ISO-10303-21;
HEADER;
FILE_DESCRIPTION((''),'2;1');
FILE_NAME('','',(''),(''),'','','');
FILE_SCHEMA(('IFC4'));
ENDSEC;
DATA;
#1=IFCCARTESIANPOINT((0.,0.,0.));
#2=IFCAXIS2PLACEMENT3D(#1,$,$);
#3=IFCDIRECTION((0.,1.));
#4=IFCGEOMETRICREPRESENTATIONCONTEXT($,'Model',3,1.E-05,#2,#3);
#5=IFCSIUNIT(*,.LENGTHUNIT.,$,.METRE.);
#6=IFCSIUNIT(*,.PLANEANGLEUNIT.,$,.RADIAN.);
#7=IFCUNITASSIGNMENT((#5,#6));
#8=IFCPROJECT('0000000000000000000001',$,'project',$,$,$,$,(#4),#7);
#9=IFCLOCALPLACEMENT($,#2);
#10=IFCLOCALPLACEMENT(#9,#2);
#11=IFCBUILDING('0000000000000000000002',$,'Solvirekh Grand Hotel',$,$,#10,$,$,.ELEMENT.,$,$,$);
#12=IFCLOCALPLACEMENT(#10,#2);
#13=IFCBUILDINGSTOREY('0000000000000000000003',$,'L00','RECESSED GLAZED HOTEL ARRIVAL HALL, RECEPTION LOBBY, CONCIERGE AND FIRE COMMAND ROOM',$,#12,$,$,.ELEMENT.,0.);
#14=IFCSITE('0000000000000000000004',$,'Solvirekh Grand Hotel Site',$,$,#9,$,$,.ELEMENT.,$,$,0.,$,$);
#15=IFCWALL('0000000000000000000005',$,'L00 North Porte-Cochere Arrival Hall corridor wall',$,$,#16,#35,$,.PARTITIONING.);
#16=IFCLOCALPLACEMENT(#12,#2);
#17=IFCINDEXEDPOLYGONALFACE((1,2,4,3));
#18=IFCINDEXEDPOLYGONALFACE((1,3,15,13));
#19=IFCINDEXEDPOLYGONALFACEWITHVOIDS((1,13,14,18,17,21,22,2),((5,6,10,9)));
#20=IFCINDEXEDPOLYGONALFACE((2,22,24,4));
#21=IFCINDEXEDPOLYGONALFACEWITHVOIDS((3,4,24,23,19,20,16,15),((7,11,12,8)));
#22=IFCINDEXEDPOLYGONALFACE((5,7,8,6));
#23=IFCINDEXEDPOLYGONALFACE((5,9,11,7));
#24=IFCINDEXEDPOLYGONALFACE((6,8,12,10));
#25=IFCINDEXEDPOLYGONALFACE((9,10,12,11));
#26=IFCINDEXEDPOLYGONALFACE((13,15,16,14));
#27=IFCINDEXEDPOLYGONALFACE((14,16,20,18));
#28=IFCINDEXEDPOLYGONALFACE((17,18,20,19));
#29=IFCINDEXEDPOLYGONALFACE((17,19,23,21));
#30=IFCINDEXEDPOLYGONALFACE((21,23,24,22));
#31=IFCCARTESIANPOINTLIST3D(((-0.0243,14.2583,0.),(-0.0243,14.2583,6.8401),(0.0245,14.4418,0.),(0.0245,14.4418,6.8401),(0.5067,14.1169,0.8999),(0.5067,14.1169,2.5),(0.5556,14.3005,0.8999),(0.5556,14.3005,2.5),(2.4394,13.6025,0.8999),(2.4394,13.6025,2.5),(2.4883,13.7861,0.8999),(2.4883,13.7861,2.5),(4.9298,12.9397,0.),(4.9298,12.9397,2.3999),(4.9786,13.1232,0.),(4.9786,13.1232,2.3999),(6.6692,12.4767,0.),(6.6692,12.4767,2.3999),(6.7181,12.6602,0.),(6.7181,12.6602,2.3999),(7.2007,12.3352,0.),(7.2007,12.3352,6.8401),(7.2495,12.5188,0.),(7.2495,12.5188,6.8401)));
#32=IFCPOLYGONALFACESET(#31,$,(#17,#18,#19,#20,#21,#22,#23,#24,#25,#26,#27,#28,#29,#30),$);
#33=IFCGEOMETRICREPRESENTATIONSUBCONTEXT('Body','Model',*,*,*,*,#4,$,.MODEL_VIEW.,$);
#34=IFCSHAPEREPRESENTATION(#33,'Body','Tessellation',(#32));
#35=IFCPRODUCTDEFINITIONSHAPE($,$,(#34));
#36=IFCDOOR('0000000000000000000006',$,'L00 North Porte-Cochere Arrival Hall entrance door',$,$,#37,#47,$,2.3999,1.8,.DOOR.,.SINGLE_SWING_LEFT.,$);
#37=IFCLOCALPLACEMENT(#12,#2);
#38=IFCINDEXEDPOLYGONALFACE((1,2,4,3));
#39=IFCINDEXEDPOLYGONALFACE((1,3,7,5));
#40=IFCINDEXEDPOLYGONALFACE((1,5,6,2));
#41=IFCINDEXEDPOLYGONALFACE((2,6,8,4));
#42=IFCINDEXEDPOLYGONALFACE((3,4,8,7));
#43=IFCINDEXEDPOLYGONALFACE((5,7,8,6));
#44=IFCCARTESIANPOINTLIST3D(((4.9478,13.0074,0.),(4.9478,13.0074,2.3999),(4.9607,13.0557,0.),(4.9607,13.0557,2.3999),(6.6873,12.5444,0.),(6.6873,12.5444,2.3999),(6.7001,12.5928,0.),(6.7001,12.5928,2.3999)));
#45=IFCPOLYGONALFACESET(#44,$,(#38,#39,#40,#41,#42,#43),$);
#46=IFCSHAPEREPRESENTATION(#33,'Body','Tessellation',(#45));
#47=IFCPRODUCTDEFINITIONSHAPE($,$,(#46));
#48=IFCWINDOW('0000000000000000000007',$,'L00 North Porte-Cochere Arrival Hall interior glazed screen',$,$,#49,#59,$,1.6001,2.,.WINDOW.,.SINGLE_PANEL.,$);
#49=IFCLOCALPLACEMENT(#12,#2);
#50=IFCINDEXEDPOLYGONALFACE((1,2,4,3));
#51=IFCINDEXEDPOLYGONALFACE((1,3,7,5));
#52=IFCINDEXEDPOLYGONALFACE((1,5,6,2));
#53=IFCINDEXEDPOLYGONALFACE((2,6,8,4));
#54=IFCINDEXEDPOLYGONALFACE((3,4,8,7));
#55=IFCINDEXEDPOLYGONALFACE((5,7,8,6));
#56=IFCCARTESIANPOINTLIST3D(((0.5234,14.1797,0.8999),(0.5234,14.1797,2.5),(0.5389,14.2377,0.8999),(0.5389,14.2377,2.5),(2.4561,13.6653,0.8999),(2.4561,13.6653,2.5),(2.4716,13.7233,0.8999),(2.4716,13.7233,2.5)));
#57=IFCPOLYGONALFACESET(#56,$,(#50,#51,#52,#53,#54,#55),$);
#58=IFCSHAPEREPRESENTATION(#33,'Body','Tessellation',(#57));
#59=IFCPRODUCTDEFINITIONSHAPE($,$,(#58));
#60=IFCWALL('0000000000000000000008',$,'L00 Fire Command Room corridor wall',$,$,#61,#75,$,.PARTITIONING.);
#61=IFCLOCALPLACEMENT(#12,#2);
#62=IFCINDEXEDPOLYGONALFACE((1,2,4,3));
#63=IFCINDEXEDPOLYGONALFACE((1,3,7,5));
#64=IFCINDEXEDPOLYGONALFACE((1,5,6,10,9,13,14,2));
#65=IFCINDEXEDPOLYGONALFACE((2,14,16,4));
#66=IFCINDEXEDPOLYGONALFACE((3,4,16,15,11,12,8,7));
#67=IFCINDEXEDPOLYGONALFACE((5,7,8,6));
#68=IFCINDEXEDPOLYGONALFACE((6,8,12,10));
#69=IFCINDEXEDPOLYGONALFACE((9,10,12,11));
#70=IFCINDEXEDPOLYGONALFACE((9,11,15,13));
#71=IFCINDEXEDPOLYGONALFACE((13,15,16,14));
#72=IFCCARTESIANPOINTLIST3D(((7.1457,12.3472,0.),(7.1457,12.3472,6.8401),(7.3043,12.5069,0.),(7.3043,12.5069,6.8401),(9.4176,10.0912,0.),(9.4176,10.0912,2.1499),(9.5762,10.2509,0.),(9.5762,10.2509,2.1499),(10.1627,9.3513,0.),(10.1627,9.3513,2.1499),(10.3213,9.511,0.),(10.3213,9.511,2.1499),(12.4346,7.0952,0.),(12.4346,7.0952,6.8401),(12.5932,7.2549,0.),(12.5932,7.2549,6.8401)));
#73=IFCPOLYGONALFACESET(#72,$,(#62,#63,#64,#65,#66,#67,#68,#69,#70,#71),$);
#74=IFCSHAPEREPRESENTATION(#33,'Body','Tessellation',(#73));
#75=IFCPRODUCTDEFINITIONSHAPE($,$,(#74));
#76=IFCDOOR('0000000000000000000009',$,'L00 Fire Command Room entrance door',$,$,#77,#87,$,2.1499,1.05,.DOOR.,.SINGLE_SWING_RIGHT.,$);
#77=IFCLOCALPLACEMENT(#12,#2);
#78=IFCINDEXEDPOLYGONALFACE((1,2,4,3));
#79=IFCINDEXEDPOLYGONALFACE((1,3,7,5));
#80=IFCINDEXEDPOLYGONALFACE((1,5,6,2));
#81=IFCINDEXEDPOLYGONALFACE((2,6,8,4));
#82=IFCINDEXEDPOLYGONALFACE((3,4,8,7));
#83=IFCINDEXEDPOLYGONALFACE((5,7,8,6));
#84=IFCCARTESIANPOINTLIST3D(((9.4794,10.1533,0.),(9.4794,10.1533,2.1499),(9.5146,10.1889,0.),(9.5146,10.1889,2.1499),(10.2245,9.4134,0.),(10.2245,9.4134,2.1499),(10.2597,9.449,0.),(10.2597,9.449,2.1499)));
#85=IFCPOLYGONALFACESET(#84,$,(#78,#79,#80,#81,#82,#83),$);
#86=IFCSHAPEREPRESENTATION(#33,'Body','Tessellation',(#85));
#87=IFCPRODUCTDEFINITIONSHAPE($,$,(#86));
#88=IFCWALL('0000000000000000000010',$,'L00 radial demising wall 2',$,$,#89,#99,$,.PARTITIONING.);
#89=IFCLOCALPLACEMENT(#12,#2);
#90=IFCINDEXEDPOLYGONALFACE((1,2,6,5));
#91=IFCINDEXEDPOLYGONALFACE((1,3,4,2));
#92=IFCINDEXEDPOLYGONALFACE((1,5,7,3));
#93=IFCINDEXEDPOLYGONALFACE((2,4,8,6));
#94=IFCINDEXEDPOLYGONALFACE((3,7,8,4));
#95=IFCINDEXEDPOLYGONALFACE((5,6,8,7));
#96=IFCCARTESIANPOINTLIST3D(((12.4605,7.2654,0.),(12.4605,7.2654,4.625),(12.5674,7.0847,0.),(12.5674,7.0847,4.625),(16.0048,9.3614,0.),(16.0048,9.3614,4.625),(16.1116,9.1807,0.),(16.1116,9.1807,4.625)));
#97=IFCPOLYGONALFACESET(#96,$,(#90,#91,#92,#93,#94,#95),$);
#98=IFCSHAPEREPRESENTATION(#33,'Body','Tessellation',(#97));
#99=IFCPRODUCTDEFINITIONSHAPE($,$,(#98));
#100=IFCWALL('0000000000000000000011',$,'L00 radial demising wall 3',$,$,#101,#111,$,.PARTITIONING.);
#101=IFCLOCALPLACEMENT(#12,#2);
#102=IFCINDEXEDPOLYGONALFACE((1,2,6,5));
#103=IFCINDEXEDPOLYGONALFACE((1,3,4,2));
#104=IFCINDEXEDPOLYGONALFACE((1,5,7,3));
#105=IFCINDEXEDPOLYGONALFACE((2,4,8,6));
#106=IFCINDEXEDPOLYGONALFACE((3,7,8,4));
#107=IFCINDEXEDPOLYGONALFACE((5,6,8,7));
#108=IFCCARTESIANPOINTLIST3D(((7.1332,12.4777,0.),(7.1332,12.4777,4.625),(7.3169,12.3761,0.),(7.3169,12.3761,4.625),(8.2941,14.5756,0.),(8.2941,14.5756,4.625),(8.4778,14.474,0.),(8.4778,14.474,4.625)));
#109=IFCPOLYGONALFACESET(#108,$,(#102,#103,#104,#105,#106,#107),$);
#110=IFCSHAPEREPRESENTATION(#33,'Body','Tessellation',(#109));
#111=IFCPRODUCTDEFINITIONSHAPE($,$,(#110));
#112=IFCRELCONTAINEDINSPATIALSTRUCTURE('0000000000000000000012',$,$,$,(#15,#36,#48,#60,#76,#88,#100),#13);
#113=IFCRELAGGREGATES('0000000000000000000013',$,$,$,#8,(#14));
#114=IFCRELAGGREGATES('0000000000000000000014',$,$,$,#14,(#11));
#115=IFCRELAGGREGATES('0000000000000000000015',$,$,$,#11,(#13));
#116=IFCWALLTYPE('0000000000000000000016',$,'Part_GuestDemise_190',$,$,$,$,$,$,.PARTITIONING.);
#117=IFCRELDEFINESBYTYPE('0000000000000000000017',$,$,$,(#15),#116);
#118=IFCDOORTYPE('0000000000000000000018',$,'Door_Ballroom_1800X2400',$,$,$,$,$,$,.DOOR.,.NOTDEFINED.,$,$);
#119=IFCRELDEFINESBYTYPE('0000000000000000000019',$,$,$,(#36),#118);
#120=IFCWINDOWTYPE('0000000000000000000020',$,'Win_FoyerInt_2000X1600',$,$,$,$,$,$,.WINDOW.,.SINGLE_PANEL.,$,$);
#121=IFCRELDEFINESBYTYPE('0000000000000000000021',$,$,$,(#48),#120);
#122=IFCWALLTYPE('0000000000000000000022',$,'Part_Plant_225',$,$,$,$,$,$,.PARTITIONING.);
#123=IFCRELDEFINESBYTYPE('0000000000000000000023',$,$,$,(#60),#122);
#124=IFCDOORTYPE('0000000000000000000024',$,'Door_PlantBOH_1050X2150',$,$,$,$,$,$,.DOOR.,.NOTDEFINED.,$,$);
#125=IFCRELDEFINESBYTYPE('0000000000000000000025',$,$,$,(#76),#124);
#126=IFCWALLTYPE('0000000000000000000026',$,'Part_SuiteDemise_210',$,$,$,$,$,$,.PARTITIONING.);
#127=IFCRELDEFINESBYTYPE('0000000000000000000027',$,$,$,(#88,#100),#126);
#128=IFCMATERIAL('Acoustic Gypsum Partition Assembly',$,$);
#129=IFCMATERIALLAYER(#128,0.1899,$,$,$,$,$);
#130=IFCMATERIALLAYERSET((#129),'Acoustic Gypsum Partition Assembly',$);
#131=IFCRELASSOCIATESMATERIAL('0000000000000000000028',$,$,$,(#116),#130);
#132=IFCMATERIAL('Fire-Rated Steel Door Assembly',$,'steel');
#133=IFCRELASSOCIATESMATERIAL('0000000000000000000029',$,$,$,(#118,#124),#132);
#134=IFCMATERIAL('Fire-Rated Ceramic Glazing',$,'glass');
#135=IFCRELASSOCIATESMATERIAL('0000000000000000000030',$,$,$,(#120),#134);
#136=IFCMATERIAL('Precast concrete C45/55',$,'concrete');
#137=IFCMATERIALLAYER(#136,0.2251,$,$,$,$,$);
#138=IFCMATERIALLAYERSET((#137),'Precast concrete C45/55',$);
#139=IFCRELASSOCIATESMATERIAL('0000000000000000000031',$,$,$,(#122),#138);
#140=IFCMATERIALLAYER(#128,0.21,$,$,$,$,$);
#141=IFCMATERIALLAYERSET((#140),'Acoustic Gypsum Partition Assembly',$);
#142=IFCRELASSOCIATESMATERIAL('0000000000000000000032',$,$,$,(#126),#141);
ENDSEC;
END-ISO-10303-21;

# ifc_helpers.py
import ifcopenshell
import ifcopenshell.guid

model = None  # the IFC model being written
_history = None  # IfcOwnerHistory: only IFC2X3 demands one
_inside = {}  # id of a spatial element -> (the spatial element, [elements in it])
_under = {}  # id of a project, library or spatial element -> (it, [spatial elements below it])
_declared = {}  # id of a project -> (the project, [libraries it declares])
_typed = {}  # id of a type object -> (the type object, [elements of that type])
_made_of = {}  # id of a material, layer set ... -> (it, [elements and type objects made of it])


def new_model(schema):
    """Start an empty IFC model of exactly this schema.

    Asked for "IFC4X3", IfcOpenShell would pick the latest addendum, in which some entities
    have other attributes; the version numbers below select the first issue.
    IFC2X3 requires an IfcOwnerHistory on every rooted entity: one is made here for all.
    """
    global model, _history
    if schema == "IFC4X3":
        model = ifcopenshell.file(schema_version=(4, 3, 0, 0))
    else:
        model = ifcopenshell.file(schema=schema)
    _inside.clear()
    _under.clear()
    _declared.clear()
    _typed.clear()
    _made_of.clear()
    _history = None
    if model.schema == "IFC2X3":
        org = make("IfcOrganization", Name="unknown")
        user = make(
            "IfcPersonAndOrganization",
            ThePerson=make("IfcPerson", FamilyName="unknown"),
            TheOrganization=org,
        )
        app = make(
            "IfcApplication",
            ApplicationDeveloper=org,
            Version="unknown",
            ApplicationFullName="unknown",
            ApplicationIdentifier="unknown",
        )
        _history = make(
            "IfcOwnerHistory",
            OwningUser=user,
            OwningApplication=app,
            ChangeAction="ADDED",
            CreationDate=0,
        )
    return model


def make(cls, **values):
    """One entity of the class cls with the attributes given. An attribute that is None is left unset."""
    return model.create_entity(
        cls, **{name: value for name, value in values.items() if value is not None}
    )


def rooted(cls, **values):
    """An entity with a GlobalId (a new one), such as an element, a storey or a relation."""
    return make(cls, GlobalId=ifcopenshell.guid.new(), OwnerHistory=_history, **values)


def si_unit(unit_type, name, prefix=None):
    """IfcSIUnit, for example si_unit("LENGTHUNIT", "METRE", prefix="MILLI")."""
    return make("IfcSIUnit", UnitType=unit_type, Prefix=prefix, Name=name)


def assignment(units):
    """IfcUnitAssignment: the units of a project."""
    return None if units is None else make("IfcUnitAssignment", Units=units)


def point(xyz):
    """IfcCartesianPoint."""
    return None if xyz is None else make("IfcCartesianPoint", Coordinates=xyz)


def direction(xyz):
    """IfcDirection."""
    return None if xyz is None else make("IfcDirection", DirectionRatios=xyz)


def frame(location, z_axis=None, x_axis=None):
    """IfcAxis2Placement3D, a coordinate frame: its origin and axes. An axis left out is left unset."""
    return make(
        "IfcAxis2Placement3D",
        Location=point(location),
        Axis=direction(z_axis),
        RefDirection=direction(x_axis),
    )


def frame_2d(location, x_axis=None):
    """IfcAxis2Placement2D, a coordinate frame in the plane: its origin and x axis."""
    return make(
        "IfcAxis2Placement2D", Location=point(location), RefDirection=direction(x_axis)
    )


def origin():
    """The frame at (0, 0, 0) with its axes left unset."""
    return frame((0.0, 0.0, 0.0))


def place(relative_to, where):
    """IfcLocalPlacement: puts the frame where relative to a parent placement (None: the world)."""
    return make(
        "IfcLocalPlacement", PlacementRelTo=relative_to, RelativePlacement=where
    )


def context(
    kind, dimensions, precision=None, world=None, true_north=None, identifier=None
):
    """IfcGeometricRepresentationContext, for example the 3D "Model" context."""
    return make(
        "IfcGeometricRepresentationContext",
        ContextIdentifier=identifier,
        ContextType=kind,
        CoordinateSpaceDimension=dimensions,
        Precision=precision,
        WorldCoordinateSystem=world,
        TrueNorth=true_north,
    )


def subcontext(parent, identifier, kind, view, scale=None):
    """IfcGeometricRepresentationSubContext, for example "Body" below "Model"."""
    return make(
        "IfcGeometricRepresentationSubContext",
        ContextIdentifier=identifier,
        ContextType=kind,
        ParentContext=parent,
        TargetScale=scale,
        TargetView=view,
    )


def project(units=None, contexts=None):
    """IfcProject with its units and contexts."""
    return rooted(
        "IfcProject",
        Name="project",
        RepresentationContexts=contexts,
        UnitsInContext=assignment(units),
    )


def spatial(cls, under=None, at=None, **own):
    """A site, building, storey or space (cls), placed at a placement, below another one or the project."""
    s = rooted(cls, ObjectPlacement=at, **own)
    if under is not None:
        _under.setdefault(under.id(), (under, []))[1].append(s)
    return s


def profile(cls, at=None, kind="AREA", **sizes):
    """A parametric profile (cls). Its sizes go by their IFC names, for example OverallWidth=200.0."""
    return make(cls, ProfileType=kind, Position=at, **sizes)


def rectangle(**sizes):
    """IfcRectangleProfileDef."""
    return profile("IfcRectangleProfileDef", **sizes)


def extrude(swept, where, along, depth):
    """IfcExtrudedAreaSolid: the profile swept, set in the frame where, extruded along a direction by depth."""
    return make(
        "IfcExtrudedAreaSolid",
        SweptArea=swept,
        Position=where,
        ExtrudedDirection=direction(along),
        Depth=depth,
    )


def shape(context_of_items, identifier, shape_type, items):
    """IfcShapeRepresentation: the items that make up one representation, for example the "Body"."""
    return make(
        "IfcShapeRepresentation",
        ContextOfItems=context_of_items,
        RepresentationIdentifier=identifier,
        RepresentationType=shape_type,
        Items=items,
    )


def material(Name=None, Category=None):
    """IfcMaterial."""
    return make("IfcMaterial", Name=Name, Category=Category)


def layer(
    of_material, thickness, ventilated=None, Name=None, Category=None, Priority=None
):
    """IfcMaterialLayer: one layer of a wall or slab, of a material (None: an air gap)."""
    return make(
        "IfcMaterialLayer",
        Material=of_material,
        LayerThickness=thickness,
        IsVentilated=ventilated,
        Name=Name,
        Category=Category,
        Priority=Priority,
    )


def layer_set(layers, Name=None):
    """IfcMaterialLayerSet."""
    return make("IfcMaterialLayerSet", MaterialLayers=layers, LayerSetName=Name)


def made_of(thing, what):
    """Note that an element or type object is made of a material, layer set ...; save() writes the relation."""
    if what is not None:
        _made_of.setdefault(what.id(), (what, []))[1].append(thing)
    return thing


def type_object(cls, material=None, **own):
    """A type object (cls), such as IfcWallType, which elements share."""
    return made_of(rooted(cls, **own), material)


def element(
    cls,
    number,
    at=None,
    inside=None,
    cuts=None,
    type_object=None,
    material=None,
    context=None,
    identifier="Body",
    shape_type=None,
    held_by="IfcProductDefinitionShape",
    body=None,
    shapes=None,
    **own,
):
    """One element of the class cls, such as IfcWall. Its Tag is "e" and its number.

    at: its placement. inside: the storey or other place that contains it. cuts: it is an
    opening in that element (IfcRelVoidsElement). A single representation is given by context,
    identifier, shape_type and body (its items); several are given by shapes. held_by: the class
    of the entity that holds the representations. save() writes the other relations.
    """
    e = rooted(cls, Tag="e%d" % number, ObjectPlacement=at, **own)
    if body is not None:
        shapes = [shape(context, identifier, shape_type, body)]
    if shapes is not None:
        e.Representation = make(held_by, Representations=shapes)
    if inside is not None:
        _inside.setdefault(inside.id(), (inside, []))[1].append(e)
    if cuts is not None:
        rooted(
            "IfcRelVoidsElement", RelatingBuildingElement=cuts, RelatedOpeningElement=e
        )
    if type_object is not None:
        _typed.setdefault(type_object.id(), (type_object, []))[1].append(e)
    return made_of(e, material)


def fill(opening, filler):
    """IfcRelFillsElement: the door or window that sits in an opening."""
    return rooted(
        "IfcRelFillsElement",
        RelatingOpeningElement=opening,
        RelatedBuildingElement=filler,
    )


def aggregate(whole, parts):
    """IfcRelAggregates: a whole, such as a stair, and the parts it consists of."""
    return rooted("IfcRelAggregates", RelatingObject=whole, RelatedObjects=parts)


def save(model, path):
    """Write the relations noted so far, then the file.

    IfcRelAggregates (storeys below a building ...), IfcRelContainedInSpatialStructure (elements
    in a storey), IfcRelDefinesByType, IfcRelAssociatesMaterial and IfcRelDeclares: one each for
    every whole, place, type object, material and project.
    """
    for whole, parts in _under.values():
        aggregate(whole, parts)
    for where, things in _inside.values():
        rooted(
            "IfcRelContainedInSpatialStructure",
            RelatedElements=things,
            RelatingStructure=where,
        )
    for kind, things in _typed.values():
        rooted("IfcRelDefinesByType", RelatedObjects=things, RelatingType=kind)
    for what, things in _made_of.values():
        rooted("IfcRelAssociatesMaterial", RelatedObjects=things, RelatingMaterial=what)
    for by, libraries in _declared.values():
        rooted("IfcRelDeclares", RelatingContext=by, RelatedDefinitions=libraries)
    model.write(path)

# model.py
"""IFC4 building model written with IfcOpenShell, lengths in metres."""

from ifc_helpers import new_model, si_unit, direction, frame, frame_2d, origin, place, context, subcontext, project, spatial, rectangle, extrude, material, layer, layer_set, type_object, element, fill, save


model = new_model("IFC4")

# Units and contexts
model_context = context("Model", 3, precision=1e-05, world=origin(), true_north=direction((0.0, 1.0)))
body_context = subcontext(model_context, "Body", "Model", "MODEL_VIEW")
ifc_project = project(units=[si_unit("LENGTHUNIT", "METRE"), si_unit("PLANEANGLEUNIT", "RADIAN")], contexts=[model_context])

# Site, building, storey
site_placement = place(None, origin())
site = spatial("IfcSite", under=ifc_project, at=site_placement, Name="Solvirekh Grand Hotel Site", CompositionType="ELEMENT", RefElevation=0.0)
building_placement = place(site_placement, origin())
building = spatial("IfcBuilding", under=site, at=building_placement, Name="Solvirekh Grand Hotel", CompositionType="ELEMENT")
storey_placement = place(building_placement, origin())
storey = spatial("IfcBuildingStorey", under=building, at=storey_placement, Name="L00", Description="RECESSED GLAZED HOTEL ARRIVAL HALL, RECEPTION LOBBY, CONCIERGE AND FIRE COMMAND ROOM", CompositionType="ELEMENT", Elevation=0.0)

# Shared definitions
ifc_material_1 = material(Name="Precast concrete C45/55", Category="concrete")

# Shared definitions
ifc_material_2 = material(Name="Fire-Rated Steel Door Assembly", Category="steel")

# Wall, openings, door, window
ifc_material_3 = material(Name="Acoustic Gypsum Partition Assembly")
ifc_layer_1 = layer(ifc_material_3, 0.1899)
ifc_layer_set_1 = layer_set([ifc_layer_1], Name="Acoustic Gypsum Partition Assembly")
wall_type_1 = type_object("IfcWallType", Name="Part_GuestDemise_190", PredefinedType="PARTITIONING", material=ifc_layer_set_1)
wall_1_placement = place(storey_placement, frame((7.2251, 12.427, 0.0), z_axis=(0.0, 0.0, 1.0), x_axis=(-0.966355, 0.257213, 0.0)))
wall_1 = element("IfcWall", 1, at=wall_1_placement, inside=storey, type_object=wall_type_1, Name="L00 North Porte-Cochere Arrival Hall corridor wall", PredefinedType="PARTITIONING", context=body_context, shape_type="SweptSolid", body=[
    extrude(rectangle(XDim=7.4766, YDim=0.1899, at=frame_2d((3.7383, 0.0))), origin(), (0.0, 0.0, 1.0), 6.8401),
])
opening_1_placement = place(wall_1_placement, frame((0.55, 0.0, 0.0)))
opening_1 = element("IfcOpeningElement", 2, at=opening_1_placement, cuts=wall_1, PredefinedType="OPENING", context=body_context, shape_type="SweptSolid", body=[
    extrude(rectangle(XDim=1.8, YDim=2.3999, at=frame_2d((0.8999, 1.2))), frame((0.0, 0.105, 0.0), z_axis=(0.0, -1.0, 0.0), x_axis=(1.0, 0.0, 0.0)), (0.0, 0.0, 1.0), 0.21),
])
opening_2_placement = place(wall_1_placement, frame((4.927, 0.0, 0.8999)))
opening_2 = element("IfcOpeningElement", 3, at=opening_2_placement, cuts=wall_1, PredefinedType="OPENING", context=body_context, shape_type="SweptSolid", body=[
    extrude(rectangle(XDim=2.0, YDim=1.6001, at=frame_2d((1.0, 0.8))), frame((0.0, 0.105, 0.0), z_axis=(0.0, -1.0, 0.0), x_axis=(1.0, 0.0, 0.0)), (0.0, 0.0, 1.0), 0.21),
])
door_type_1 = type_object("IfcDoorType", Name="Door_Ballroom_1800X2400", OperationType="NOTDEFINED", PredefinedType="DOOR", material=ifc_material_2)
door_1_placement = place(opening_1_placement, origin())
door_1 = element("IfcDoor", 4, at=door_1_placement, inside=storey, type_object=door_type_1, Name="L00 North Porte-Cochere Arrival Hall entrance door", OperationType="SINGLE_SWING_LEFT", OverallHeight=2.3999, OverallWidth=1.8, PredefinedType="DOOR", context=body_context, shape_type="SweptSolid", body=[
    extrude(rectangle(XDim=1.8, YDim=2.3999, at=frame_2d((0.8999, 1.2))), frame((0.0, 0.0249, 0.0), z_axis=(0.0, -1.0, 0.0), x_axis=(1.0, 0.0, 0.0)), (0.0, 0.0, 1.0), 0.05),
])
fill(opening_1, door_1)
ifc_material_4 = material(Name="Fire-Rated Ceramic Glazing", Category="glass")
window_type = type_object("IfcWindowType", Name="Win_FoyerInt_2000X1600", PartitioningType="SINGLE_PANEL", PredefinedType="WINDOW", material=ifc_material_4)
window_placement = place(opening_2_placement, origin())
window = element("IfcWindow", 5, at=window_placement, inside=storey, type_object=window_type, Name="L00 North Porte-Cochere Arrival Hall interior glazed screen", OverallHeight=1.6001, OverallWidth=2.0, PartitioningType="SINGLE_PANEL", PredefinedType="WINDOW", context=body_context, shape_type="SweptSolid", body=[
    extrude(rectangle(XDim=2.0, YDim=1.6001, at=frame_2d((1.0, 0.8))), frame((0.0, 0.03, 0.0), z_axis=(0.0, -1.0, 0.0), x_axis=(1.0, 0.0, 0.0)), (0.0, 0.0, 1.0), 0.0601),
])
fill(opening_2, window)

# Wall, opening, door
ifc_layer_2 = layer(ifc_material_1, 0.2251)
ifc_layer_set_2 = layer_set([ifc_layer_2], Name="Precast concrete C45/55")
wall_type_2 = type_object("IfcWallType", Name="Part_Plant_225", PredefinedType="PARTITIONING", material=ifc_layer_set_2)
wall_2_placement = place(storey_placement, frame((12.5139, 7.175, 0.0), z_axis=(0.0, 0.0, 1.0), x_axis=(-0.709575, 0.704629, 0.0)))
wall_2 = element("IfcWall", 6, at=wall_2_placement, inside=storey, type_object=wall_type_2, Name="L00 Fire Command Room corridor wall", PredefinedType="PARTITIONING", context=body_context, shape_type="SweptSolid", body=[
    extrude(rectangle(XDim=7.4536, YDim=0.2251, at=frame_2d((3.7268, 0.0))), origin(), (0.0, 0.0, 1.0), 6.8401),
])
opening_3_placement = place(wall_2_placement, frame((3.2019, 0.0, 0.0)))
opening_3 = element("IfcOpeningElement", 7, at=opening_3_placement, cuts=wall_2, PredefinedType="OPENING", context=body_context, shape_type="SweptSolid", body=[
    extrude(rectangle(XDim=1.05, YDim=2.1499, at=frame_2d((0.5249, 1.075))), frame((0.0, 0.1226, 0.0), z_axis=(0.0, -1.0, 0.0), x_axis=(1.0, 0.0, 0.0)), (0.0, 0.0, 1.0), 0.2451),
])
door_type_2 = type_object("IfcDoorType", Name="Door_PlantBOH_1050X2150", OperationType="NOTDEFINED", PredefinedType="DOOR", material=ifc_material_2)
door_2_placement = place(opening_3_placement, origin())
door_2 = element("IfcDoor", 8, at=door_2_placement, inside=storey, type_object=door_type_2, Name="L00 Fire Command Room entrance door", OperationType="SINGLE_SWING_RIGHT", OverallHeight=2.1499, OverallWidth=1.05, PredefinedType="DOOR", context=body_context, shape_type="SweptSolid", body=[
    extrude(rectangle(XDim=1.05, YDim=2.1499, at=frame_2d((0.5249, 1.075))), frame((0.0, 0.0249, 0.0), z_axis=(0.0, -1.0, 0.0), x_axis=(1.0, 0.0, 0.0)), (0.0, 0.0, 1.0), 0.05),
])
fill(opening_3, door_2)

# Walls
ifc_layer_3 = layer(ifc_material_3, 0.21)
ifc_layer_set_3 = layer_set([ifc_layer_3], Name="Acoustic Gypsum Partition Assembly")
wall_type_3 = type_object("IfcWallType", Name="Part_SuiteDemise_210", PredefinedType="PARTITIONING", material=ifc_layer_set_3)
wall_3_placement = place(storey_placement, frame((12.5139, 7.175, 0.0), z_axis=(0.0, 0.0, 1.0), x_axis=(0.860751, 0.509027, 0.0)))
element("IfcWall", 9, at=wall_3_placement, inside=storey, type_object=wall_type_3, Name="L00 radial demising wall 2", PredefinedType="PARTITIONING", context=body_context, shape_type="SweptSolid", body=[
    extrude(rectangle(XDim=4.1177, YDim=0.21, at=frame_2d((2.0588, 0.0))), origin(), (0.0, 0.0, 1.0), 4.625),
])
wall_4_placement = place(storey_placement, frame((7.2251, 12.427, 0.0), z_axis=(0.0, 0.0, 1.0), x_axis=(0.484173, 0.874973, 0.0)))
element("IfcWall", 10, at=wall_4_placement, inside=storey, type_object=wall_type_3, Name="L00 radial demising wall 3", PredefinedType="PARTITIONING", context=body_context, shape_type="SweptSolid", body=[
    extrude(rectangle(XDim=2.3977, YDim=0.21, at=frame_2d((1.1987, 0.0))), origin(), (0.0, 0.0, 1.0), 4.625),
])

save(model, "model.ifc")
